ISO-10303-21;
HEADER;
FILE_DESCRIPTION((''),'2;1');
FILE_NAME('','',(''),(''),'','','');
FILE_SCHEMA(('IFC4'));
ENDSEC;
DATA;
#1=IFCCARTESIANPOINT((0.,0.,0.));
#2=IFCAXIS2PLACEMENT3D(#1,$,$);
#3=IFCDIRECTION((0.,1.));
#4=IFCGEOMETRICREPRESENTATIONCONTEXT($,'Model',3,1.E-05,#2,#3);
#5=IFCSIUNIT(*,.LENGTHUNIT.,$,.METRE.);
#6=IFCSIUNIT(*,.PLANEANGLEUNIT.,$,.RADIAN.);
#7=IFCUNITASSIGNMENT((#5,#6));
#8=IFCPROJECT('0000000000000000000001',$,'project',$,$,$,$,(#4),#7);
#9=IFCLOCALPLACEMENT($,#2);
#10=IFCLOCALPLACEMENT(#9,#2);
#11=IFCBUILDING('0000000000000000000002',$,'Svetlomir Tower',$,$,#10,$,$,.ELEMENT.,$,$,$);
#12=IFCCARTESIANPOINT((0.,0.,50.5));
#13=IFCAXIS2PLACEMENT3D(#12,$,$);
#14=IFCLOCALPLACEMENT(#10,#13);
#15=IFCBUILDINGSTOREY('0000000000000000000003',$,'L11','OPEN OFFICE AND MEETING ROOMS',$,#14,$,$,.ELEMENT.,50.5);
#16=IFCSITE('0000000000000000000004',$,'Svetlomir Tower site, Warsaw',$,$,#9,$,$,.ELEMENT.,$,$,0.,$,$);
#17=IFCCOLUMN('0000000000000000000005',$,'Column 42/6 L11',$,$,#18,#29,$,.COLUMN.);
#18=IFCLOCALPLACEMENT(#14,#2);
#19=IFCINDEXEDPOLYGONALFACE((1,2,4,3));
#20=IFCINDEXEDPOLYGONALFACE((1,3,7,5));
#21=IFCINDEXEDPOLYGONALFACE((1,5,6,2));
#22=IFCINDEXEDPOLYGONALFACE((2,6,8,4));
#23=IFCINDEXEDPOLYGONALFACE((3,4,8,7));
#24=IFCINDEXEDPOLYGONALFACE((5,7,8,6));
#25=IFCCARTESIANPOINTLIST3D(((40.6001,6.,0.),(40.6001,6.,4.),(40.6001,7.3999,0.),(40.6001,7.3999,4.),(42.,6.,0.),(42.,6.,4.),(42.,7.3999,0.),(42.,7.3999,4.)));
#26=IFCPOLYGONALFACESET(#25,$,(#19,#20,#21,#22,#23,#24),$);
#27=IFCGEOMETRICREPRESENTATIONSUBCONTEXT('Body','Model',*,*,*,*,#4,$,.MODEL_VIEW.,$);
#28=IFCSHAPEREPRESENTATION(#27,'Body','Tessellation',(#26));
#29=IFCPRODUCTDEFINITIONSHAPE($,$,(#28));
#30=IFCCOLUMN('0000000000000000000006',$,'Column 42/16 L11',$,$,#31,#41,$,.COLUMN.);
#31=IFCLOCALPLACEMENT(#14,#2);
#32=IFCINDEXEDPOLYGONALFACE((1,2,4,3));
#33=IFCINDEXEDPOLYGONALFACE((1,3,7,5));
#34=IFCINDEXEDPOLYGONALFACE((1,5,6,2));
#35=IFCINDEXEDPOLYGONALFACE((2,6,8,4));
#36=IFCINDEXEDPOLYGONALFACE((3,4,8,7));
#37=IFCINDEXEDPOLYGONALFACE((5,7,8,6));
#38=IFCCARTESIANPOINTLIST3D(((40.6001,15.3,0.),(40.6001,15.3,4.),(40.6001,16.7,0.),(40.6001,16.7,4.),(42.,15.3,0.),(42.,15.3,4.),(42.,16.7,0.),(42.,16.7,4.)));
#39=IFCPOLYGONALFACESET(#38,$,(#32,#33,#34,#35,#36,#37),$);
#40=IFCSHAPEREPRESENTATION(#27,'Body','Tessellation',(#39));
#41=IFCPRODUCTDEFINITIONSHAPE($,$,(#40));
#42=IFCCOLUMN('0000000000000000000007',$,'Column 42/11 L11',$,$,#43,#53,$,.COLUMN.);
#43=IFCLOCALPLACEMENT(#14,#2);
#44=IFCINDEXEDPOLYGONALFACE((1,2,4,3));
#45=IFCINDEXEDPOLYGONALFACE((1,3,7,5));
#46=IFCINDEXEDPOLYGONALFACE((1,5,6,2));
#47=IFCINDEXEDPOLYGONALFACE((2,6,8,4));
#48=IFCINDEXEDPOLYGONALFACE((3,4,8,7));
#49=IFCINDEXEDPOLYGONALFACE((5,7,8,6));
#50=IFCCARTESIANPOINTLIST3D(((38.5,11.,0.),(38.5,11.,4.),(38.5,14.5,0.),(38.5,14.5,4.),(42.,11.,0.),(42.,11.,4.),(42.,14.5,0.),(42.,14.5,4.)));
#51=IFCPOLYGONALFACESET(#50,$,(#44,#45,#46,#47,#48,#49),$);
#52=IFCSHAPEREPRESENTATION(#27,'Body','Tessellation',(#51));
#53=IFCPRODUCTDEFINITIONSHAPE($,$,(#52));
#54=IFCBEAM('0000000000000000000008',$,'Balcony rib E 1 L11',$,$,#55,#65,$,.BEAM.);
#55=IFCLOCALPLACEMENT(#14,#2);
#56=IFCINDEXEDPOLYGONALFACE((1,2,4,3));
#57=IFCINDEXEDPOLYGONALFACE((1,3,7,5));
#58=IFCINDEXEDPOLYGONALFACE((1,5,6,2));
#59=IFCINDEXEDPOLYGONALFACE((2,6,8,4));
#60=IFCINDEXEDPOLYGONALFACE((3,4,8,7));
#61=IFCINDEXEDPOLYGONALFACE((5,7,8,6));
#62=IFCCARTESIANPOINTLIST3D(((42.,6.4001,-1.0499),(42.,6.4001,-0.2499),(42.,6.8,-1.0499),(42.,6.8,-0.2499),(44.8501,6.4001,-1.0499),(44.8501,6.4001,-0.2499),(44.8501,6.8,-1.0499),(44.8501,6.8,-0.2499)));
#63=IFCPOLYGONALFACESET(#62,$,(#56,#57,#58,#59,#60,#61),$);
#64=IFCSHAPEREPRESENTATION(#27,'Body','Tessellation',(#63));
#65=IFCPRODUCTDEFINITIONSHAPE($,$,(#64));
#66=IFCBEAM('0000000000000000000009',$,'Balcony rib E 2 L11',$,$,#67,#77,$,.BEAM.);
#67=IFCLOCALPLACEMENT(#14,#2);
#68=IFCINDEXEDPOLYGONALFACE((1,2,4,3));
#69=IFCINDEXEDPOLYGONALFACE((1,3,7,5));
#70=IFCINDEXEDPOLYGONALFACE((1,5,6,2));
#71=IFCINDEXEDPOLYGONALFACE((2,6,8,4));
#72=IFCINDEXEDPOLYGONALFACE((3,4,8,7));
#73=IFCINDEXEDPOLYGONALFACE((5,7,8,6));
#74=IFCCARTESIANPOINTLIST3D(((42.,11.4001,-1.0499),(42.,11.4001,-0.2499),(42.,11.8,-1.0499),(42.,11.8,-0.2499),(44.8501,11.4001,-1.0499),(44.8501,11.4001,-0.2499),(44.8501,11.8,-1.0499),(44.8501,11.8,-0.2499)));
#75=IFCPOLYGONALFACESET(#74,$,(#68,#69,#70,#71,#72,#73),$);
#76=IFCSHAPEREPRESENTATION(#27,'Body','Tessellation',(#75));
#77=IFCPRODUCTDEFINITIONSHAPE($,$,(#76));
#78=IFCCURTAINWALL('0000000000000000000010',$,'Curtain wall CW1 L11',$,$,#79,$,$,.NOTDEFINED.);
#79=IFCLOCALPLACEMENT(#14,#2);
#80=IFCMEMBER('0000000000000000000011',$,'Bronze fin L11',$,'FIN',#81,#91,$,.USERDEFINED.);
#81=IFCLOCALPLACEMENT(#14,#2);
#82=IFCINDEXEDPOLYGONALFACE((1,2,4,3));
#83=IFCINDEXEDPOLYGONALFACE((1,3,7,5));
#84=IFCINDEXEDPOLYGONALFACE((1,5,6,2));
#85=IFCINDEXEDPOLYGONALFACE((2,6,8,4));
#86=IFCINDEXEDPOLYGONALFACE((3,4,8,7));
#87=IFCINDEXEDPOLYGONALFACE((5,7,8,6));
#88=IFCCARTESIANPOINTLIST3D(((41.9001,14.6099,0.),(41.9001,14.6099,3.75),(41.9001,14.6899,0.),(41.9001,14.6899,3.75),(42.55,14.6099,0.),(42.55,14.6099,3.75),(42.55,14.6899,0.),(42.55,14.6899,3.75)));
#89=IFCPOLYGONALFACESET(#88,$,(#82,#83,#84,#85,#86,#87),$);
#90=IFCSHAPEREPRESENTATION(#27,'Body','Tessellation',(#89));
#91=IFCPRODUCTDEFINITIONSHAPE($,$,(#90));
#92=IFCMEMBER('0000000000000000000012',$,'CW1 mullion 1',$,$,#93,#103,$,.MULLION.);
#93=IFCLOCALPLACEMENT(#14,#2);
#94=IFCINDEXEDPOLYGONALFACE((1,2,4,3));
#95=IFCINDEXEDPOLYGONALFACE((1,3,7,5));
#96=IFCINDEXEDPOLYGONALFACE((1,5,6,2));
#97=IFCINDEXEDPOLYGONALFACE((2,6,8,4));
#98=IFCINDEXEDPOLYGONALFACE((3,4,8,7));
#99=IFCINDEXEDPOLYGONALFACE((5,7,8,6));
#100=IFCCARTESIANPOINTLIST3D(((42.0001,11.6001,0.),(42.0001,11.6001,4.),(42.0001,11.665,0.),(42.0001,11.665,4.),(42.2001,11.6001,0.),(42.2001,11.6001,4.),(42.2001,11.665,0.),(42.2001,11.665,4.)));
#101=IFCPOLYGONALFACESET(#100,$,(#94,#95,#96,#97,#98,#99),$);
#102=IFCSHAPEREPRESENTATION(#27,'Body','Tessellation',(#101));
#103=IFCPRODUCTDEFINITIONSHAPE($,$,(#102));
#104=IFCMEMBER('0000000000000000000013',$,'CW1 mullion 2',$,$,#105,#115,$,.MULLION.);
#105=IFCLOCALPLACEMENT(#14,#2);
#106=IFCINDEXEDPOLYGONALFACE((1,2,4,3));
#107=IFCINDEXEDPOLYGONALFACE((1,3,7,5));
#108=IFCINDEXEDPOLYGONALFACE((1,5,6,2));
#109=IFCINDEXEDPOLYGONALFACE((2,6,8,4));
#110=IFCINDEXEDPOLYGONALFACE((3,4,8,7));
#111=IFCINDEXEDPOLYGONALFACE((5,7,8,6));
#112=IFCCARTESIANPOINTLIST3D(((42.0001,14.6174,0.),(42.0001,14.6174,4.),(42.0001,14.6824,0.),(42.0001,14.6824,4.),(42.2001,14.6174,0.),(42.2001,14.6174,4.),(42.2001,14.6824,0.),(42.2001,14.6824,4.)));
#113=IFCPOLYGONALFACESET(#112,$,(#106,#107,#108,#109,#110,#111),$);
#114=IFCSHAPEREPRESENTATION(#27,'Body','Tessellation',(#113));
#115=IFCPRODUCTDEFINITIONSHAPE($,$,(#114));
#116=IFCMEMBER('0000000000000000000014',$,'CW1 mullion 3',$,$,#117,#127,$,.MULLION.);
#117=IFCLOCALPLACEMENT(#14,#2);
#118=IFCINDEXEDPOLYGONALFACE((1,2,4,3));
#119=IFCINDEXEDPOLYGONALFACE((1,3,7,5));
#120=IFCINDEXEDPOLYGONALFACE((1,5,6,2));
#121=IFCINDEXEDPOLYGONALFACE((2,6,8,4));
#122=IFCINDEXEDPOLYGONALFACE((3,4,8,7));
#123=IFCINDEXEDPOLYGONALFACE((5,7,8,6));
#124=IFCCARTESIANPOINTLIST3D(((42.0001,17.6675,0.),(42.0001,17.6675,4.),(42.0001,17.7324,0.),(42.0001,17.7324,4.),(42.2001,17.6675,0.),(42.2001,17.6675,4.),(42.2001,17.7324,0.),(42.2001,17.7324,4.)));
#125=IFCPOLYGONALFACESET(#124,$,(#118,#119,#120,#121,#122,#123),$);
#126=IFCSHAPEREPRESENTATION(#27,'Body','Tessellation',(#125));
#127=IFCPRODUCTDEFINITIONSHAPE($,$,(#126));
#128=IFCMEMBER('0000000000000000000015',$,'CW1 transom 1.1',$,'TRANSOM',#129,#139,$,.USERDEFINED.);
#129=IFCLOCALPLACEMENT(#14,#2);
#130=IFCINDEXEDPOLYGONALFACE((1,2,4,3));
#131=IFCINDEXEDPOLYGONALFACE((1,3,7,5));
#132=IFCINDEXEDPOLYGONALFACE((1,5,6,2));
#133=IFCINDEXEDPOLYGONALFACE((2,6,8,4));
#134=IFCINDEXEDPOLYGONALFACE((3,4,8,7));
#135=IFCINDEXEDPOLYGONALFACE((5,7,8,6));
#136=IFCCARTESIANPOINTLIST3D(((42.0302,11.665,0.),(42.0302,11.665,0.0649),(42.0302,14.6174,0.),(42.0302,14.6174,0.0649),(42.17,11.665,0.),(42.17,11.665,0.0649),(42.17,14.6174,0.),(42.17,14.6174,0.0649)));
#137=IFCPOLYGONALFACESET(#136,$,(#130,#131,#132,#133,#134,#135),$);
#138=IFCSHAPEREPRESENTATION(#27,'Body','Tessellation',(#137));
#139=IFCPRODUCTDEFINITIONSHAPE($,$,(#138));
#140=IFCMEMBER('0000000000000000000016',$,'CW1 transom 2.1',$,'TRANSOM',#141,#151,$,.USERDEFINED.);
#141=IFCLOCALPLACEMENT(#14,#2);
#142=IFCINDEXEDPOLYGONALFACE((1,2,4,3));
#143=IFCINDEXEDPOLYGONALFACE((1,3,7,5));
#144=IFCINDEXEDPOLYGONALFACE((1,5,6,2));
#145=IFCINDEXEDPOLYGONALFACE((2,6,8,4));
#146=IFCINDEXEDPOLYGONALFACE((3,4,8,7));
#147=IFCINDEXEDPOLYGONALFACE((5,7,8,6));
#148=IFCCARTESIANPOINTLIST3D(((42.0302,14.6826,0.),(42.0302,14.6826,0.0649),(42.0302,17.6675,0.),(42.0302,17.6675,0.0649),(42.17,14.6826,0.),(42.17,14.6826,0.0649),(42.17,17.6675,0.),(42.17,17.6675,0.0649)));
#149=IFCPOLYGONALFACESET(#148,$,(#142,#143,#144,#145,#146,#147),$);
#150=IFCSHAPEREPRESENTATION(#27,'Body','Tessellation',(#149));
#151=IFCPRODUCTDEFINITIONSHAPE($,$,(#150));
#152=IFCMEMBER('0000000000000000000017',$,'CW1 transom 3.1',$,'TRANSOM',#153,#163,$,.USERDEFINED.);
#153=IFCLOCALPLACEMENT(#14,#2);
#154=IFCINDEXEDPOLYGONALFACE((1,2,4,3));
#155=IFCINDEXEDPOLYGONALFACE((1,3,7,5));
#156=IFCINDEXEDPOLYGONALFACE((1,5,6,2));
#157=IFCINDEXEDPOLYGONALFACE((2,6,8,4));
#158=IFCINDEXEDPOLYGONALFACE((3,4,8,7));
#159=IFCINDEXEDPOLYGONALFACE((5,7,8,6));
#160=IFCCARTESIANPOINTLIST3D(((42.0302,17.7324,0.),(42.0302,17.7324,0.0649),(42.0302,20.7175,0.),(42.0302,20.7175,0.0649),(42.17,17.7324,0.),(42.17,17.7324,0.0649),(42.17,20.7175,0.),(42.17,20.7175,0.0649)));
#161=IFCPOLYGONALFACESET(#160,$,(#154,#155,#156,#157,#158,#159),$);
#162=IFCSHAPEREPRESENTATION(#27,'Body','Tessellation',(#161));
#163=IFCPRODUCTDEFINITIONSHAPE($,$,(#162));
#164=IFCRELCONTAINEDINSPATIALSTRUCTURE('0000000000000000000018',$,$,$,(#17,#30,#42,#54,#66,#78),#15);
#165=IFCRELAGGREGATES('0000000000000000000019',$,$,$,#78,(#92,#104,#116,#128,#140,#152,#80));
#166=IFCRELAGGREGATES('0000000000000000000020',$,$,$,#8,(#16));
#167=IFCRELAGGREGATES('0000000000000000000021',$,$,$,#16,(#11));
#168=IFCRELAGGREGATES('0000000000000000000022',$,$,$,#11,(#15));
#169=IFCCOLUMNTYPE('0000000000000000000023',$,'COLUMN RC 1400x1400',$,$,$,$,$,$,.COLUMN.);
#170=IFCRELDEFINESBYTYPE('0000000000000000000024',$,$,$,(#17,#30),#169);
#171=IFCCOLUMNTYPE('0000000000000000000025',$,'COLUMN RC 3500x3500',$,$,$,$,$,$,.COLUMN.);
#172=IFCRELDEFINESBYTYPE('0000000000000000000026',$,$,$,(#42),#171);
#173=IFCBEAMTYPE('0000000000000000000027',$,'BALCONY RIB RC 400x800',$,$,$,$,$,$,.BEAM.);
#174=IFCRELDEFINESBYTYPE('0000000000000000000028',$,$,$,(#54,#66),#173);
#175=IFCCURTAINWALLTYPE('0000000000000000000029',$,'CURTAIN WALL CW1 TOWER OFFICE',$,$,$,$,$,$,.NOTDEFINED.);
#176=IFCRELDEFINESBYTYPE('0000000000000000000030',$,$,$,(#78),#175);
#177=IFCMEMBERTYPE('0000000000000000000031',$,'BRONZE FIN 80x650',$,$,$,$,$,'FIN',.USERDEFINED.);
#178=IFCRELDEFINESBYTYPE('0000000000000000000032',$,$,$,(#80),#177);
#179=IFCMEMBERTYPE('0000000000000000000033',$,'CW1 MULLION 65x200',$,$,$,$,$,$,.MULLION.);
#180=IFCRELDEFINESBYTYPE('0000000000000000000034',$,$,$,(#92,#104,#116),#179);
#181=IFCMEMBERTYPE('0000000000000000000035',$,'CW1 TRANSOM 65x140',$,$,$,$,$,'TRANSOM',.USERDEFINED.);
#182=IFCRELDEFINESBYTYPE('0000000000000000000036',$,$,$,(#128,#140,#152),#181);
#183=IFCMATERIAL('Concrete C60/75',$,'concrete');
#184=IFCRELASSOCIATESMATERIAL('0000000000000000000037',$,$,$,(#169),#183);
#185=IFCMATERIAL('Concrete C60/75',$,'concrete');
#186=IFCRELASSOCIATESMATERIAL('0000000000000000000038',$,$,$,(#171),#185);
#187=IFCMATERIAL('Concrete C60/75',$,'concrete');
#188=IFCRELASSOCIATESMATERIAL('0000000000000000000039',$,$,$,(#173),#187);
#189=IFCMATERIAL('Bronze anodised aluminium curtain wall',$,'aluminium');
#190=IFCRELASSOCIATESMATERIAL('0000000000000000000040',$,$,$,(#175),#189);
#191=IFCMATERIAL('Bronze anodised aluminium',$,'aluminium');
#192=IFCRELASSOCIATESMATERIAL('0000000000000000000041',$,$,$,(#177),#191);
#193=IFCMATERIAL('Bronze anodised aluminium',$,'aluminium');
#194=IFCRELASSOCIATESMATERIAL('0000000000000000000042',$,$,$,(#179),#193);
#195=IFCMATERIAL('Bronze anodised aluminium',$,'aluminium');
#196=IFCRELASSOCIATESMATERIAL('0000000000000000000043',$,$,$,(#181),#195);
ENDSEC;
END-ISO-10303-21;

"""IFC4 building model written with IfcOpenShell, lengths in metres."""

from ifc_helpers import new_model, si_unit, direction, frame, origin, origin_2d, place, context, subcontext, project, spatial, rectangle, extrude, material, material_profile, profile_set, type_object, element, aggregate, save


model = new_model("IFC4")

# Units and contexts
model_context = context("Model", 3, precision=1e-05, world=origin(), true_north=direction((0.0, 1.0)))
body_context = subcontext(model_context, "Body", "Model", "MODEL_VIEW")
ifc_project = project(units=[si_unit("LENGTHUNIT", "METRE"), si_unit("PLANEANGLEUNIT", "RADIAN")], contexts=[model_context])

# Site, building, storey
site_placement = place(None, origin())
site = spatial("IfcSite", under=ifc_project, at=site_placement, Name="Svetlomir Tower site, Warsaw", CompositionType="ELEMENT", RefElevation=0.0)
building_placement = place(site_placement, origin())
building = spatial("IfcBuilding", under=site, at=building_placement, Name="Svetlomir Tower", CompositionType="ELEMENT")
storey_placement = place(building_placement, frame((0.0, 0.0, 50.5)))
storey = spatial("IfcBuildingStorey", under=building, at=storey_placement, Name="L11", Description="OPEN OFFICE AND MEETING ROOMS", CompositionType="ELEMENT", Elevation=50.5)

# Columns
ifc_material_1 = material(Name="Concrete C60/75", Category="concrete")
ifc_material_profile_1 = material_profile(ifc_material_1, rectangle(XDim=1.3999, YDim=1.3999, at=origin_2d()), Name="RC 1400x1400")
ifc_profile_set_1 = profile_set([ifc_material_profile_1], Name="Concrete C60/75")
column_type_1 = type_object("IfcColumnType", Name="COLUMN RC 1400x1400", PredefinedType="COLUMN", material=ifc_profile_set_1)
for number, where, z_axis, x_axis, name in (
    (1, (41.3, 6.7, 0.0), (0.0, 0.0, 1.0), (1.0, 0.0, 0.0), "Column 42/6 L11"),
    (2, (41.3, 16.0, 0.0), (0.0, 0.0, 1.0), (1.0, 0.0, 0.0), "Column 42/16 L11"),
):
    element("IfcColumn", number, at=place(storey_placement, frame(where, z_axis=z_axis, x_axis=x_axis)), inside=storey, type_object=column_type_1, Name=name, PredefinedType="COLUMN", context=body_context, shape_type="SweptSolid", body=[
        extrude(rectangle(XDim=1.3999, YDim=1.3999, at=origin_2d()), origin(), (0.0, 0.0, 1.0), 4.0),
    ])
ifc_material_2 = material(Name="Concrete C60/75", Category="concrete")
ifc_material_profile_2 = material_profile(ifc_material_2, rectangle(XDim=3.5, YDim=3.5, at=origin_2d()), Name="RC 3500x3500")
ifc_profile_set_2 = profile_set([ifc_material_profile_2], Name="Concrete C60/75")
column_type_2 = type_object("IfcColumnType", Name="COLUMN RC 3500x3500", PredefinedType="COLUMN", material=ifc_profile_set_2)
column_placement = place(storey_placement, frame((40.25, 12.75, 0.0), z_axis=(0.0, 0.0, 1.0), x_axis=(1.0, 0.0, 0.0)))
element("IfcColumn", 3, at=column_placement, inside=storey, type_object=column_type_2, Name="Column 42/11 L11", PredefinedType="COLUMN", context=body_context, shape_type="SweptSolid", body=[
    extrude(rectangle(XDim=3.5, YDim=3.5, at=origin_2d()), origin(), (0.0, 0.0, 1.0), 4.0),
])

# Beams
ifc_material_3 = material(Name="Concrete C60/75", Category="concrete")
ifc_material_profile_3 = material_profile(ifc_material_3, rectangle(XDim=0.3999, YDim=0.8, at=origin_2d()), Name="RC 400x800")
ifc_profile_set_3 = profile_set([ifc_material_profile_3], Name="Concrete C60/75")
beam_type_1 = type_object("IfcBeamType", Name="BALCONY RIB RC 400x800", PredefinedType="BEAM", material=ifc_profile_set_3)
for number, where, z_axis, x_axis, name in (
    (4, (42.0, 6.6001, -0.6499), (1.0, 0.0, 0.0), (0.0, 1.0, 0.0), "Balcony rib E 1 L11"),
    (5, (42.0, 11.6001, -0.6499), (1.0, 0.0, 0.0), (0.0, 1.0, 0.0), "Balcony rib E 2 L11"),
):
    element("IfcBeam", number, at=place(storey_placement, frame(where, z_axis=z_axis, x_axis=x_axis)), inside=storey, type_object=beam_type_1, Name=name, PredefinedType="BEAM", context=body_context, shape_type="SweptSolid", body=[
        extrude(rectangle(XDim=0.3999, YDim=0.8, at=origin_2d()), origin(), (0.0, 0.0, 1.0), 2.8501),
    ])

# Curtain wall, members
ifc_material_4 = material(Name="Bronze anodised aluminium curtain wall", Category="aluminium")
curtain_wall_type = type_object("IfcCurtainWallType", Name="CURTAIN WALL CW1 TOWER OFFICE", PredefinedType="NOTDEFINED", material=ifc_material_4)
curtain_wall_placement = place(storey_placement, origin())
curtain_wall = element("IfcCurtainWall", 6, at=curtain_wall_placement, inside=storey, type_object=curtain_wall_type, Name="Curtain wall CW1 L11", PredefinedType="NOTDEFINED")
ifc_material_5 = material(Name="Bronze anodised aluminium", Category="aluminium")
ifc_material_profile_4 = material_profile(ifc_material_5, rectangle(XDim=0.0801, YDim=0.6499, at=origin_2d()), Name="FIN 80x650")
ifc_profile_set_4 = profile_set([ifc_material_profile_4], Name="Bronze anodised aluminium 6063-T6")
member_type_1 = type_object("IfcMemberType", Name="BRONZE FIN 80x650", ElementType="FIN", PredefinedType="USERDEFINED", material=ifc_profile_set_4)
member_1_placement = place(storey_placement, frame((42.2251, 14.6499, 0.0), z_axis=(0.0, 0.0, 1.0), x_axis=(0.0, 1.0, 0.0)))
member_1 = element("IfcMember", 7, at=member_1_placement, type_object=member_type_1, Name="Bronze fin L11", ObjectType="FIN", PredefinedType="USERDEFINED", context=body_context, shape_type="SweptSolid", body=[
    extrude(rectangle(XDim=0.0801, YDim=0.6499, at=origin_2d()), origin(), (0.0, 0.0, 1.0), 3.75),
])
ifc_material_6 = material(Name="Bronze anodised aluminium", Category="aluminium")
ifc_material_profile_5 = material_profile(ifc_material_6, rectangle(XDim=0.0649, YDim=0.2, at=origin_2d()), Name="AL 65x200")
ifc_profile_set_5 = profile_set([ifc_material_profile_5], Name="Bronze anodised aluminium 6063-T6")
member_type_2 = type_object("IfcMemberType", Name="CW1 MULLION 65x200", PredefinedType="MULLION", material=ifc_profile_set_5)
member_2_placement = place(storey_placement, frame((42.1001, 11.6326, 0.0), z_axis=(0.0, 0.0, 1.0), x_axis=(0.0, 1.0, 0.0)))
member_2 = element("IfcMember", 8, at=member_2_placement, type_object=member_type_2, Name="CW1 mullion 1", PredefinedType="MULLION", context=body_context, shape_type="SweptSolid", body=[
    extrude(rectangle(XDim=0.0649, YDim=0.2, at=origin_2d()), origin(), (0.0, 0.0, 1.0), 4.0),
])
member_3_placement = place(storey_placement, frame((42.1001, 14.6499, 0.0), z_axis=(0.0, 0.0, 1.0), x_axis=(0.0, 1.0, 0.0)))
member_3 = element("IfcMember", 9, at=member_3_placement, type_object=member_type_2, Name="CW1 mullion 2", PredefinedType="MULLION", context=body_context, shape_type="SweptSolid", body=[
    extrude(rectangle(XDim=0.0649, YDim=0.2, at=origin_2d()), origin(), (0.0, 0.0, 1.0), 4.0),
])
member_4_placement = place(storey_placement, frame((42.1001, 17.7, 0.0), z_axis=(0.0, 0.0, 1.0), x_axis=(0.0, 1.0, 0.0)))
member_4 = element("IfcMember", 10, at=member_4_placement, type_object=member_type_2, Name="CW1 mullion 3", PredefinedType="MULLION", context=body_context, shape_type="SweptSolid", body=[
    extrude(rectangle(XDim=0.0649, YDim=0.2, at=origin_2d()), origin(), (0.0, 0.0, 1.0), 4.0),
])
ifc_material_7 = material(Name="Bronze anodised aluminium", Category="aluminium")
ifc_material_profile_6 = material_profile(ifc_material_7, rectangle(XDim=0.1399, YDim=0.0649, at=origin_2d()), Name="AL 140x65")
ifc_profile_set_6 = profile_set([ifc_material_profile_6], Name="Bronze anodised aluminium 6063-T6")
member_type_3 = type_object("IfcMemberType", Name="CW1 TRANSOM 65x140", ElementType="TRANSOM", PredefinedType="USERDEFINED", material=ifc_profile_set_6)
member_5_placement = place(storey_placement, frame((42.1001, 11.665, 0.0325), z_axis=(0.0, 1.0, 0.0), x_axis=(-1.0, 0.0, 0.0)))
member_5 = element("IfcMember", 11, at=member_5_placement, type_object=member_type_3, Name="CW1 transom 1.1", ObjectType="TRANSOM", PredefinedType="USERDEFINED", context=body_context, shape_type="SweptSolid", body=[
    extrude(rectangle(XDim=0.1399, YDim=0.0649, at=origin_2d()), origin(), (0.0, 0.0, 1.0), 2.9524),
])
member_6_placement = place(storey_placement, frame((42.1001, 14.6826, 0.0325), z_axis=(0.0, 1.0, 0.0), x_axis=(-1.0, 0.0, 0.0)))
member_6 = element("IfcMember", 12, at=member_6_placement, type_object=member_type_3, Name="CW1 transom 2.1", ObjectType="TRANSOM", PredefinedType="USERDEFINED", context=body_context, shape_type="SweptSolid", body=[
    extrude(rectangle(XDim=0.1399, YDim=0.0649, at=origin_2d()), origin(), (0.0, 0.0, 1.0), 2.9849),
])
member_7_placement = place(storey_placement, frame((42.1001, 17.7324, 0.0325), z_axis=(0.0, 1.0, 0.0), x_axis=(-1.0, 0.0, 0.0)))
member_7 = element("IfcMember", 13, at=member_7_placement, type_object=member_type_3, Name="CW1 transom 3.1", ObjectType="TRANSOM", PredefinedType="USERDEFINED", context=body_context, shape_type="SweptSolid", body=[
    extrude(rectangle(XDim=0.1399, YDim=0.0649, at=origin_2d()), origin(), (0.0, 0.0, 1.0), 2.9851),
])

aggregate(curtain_wall, [member_2, member_3, member_4, member_5, member_6, member_7, member_1])

save(model, "model.ifc")
